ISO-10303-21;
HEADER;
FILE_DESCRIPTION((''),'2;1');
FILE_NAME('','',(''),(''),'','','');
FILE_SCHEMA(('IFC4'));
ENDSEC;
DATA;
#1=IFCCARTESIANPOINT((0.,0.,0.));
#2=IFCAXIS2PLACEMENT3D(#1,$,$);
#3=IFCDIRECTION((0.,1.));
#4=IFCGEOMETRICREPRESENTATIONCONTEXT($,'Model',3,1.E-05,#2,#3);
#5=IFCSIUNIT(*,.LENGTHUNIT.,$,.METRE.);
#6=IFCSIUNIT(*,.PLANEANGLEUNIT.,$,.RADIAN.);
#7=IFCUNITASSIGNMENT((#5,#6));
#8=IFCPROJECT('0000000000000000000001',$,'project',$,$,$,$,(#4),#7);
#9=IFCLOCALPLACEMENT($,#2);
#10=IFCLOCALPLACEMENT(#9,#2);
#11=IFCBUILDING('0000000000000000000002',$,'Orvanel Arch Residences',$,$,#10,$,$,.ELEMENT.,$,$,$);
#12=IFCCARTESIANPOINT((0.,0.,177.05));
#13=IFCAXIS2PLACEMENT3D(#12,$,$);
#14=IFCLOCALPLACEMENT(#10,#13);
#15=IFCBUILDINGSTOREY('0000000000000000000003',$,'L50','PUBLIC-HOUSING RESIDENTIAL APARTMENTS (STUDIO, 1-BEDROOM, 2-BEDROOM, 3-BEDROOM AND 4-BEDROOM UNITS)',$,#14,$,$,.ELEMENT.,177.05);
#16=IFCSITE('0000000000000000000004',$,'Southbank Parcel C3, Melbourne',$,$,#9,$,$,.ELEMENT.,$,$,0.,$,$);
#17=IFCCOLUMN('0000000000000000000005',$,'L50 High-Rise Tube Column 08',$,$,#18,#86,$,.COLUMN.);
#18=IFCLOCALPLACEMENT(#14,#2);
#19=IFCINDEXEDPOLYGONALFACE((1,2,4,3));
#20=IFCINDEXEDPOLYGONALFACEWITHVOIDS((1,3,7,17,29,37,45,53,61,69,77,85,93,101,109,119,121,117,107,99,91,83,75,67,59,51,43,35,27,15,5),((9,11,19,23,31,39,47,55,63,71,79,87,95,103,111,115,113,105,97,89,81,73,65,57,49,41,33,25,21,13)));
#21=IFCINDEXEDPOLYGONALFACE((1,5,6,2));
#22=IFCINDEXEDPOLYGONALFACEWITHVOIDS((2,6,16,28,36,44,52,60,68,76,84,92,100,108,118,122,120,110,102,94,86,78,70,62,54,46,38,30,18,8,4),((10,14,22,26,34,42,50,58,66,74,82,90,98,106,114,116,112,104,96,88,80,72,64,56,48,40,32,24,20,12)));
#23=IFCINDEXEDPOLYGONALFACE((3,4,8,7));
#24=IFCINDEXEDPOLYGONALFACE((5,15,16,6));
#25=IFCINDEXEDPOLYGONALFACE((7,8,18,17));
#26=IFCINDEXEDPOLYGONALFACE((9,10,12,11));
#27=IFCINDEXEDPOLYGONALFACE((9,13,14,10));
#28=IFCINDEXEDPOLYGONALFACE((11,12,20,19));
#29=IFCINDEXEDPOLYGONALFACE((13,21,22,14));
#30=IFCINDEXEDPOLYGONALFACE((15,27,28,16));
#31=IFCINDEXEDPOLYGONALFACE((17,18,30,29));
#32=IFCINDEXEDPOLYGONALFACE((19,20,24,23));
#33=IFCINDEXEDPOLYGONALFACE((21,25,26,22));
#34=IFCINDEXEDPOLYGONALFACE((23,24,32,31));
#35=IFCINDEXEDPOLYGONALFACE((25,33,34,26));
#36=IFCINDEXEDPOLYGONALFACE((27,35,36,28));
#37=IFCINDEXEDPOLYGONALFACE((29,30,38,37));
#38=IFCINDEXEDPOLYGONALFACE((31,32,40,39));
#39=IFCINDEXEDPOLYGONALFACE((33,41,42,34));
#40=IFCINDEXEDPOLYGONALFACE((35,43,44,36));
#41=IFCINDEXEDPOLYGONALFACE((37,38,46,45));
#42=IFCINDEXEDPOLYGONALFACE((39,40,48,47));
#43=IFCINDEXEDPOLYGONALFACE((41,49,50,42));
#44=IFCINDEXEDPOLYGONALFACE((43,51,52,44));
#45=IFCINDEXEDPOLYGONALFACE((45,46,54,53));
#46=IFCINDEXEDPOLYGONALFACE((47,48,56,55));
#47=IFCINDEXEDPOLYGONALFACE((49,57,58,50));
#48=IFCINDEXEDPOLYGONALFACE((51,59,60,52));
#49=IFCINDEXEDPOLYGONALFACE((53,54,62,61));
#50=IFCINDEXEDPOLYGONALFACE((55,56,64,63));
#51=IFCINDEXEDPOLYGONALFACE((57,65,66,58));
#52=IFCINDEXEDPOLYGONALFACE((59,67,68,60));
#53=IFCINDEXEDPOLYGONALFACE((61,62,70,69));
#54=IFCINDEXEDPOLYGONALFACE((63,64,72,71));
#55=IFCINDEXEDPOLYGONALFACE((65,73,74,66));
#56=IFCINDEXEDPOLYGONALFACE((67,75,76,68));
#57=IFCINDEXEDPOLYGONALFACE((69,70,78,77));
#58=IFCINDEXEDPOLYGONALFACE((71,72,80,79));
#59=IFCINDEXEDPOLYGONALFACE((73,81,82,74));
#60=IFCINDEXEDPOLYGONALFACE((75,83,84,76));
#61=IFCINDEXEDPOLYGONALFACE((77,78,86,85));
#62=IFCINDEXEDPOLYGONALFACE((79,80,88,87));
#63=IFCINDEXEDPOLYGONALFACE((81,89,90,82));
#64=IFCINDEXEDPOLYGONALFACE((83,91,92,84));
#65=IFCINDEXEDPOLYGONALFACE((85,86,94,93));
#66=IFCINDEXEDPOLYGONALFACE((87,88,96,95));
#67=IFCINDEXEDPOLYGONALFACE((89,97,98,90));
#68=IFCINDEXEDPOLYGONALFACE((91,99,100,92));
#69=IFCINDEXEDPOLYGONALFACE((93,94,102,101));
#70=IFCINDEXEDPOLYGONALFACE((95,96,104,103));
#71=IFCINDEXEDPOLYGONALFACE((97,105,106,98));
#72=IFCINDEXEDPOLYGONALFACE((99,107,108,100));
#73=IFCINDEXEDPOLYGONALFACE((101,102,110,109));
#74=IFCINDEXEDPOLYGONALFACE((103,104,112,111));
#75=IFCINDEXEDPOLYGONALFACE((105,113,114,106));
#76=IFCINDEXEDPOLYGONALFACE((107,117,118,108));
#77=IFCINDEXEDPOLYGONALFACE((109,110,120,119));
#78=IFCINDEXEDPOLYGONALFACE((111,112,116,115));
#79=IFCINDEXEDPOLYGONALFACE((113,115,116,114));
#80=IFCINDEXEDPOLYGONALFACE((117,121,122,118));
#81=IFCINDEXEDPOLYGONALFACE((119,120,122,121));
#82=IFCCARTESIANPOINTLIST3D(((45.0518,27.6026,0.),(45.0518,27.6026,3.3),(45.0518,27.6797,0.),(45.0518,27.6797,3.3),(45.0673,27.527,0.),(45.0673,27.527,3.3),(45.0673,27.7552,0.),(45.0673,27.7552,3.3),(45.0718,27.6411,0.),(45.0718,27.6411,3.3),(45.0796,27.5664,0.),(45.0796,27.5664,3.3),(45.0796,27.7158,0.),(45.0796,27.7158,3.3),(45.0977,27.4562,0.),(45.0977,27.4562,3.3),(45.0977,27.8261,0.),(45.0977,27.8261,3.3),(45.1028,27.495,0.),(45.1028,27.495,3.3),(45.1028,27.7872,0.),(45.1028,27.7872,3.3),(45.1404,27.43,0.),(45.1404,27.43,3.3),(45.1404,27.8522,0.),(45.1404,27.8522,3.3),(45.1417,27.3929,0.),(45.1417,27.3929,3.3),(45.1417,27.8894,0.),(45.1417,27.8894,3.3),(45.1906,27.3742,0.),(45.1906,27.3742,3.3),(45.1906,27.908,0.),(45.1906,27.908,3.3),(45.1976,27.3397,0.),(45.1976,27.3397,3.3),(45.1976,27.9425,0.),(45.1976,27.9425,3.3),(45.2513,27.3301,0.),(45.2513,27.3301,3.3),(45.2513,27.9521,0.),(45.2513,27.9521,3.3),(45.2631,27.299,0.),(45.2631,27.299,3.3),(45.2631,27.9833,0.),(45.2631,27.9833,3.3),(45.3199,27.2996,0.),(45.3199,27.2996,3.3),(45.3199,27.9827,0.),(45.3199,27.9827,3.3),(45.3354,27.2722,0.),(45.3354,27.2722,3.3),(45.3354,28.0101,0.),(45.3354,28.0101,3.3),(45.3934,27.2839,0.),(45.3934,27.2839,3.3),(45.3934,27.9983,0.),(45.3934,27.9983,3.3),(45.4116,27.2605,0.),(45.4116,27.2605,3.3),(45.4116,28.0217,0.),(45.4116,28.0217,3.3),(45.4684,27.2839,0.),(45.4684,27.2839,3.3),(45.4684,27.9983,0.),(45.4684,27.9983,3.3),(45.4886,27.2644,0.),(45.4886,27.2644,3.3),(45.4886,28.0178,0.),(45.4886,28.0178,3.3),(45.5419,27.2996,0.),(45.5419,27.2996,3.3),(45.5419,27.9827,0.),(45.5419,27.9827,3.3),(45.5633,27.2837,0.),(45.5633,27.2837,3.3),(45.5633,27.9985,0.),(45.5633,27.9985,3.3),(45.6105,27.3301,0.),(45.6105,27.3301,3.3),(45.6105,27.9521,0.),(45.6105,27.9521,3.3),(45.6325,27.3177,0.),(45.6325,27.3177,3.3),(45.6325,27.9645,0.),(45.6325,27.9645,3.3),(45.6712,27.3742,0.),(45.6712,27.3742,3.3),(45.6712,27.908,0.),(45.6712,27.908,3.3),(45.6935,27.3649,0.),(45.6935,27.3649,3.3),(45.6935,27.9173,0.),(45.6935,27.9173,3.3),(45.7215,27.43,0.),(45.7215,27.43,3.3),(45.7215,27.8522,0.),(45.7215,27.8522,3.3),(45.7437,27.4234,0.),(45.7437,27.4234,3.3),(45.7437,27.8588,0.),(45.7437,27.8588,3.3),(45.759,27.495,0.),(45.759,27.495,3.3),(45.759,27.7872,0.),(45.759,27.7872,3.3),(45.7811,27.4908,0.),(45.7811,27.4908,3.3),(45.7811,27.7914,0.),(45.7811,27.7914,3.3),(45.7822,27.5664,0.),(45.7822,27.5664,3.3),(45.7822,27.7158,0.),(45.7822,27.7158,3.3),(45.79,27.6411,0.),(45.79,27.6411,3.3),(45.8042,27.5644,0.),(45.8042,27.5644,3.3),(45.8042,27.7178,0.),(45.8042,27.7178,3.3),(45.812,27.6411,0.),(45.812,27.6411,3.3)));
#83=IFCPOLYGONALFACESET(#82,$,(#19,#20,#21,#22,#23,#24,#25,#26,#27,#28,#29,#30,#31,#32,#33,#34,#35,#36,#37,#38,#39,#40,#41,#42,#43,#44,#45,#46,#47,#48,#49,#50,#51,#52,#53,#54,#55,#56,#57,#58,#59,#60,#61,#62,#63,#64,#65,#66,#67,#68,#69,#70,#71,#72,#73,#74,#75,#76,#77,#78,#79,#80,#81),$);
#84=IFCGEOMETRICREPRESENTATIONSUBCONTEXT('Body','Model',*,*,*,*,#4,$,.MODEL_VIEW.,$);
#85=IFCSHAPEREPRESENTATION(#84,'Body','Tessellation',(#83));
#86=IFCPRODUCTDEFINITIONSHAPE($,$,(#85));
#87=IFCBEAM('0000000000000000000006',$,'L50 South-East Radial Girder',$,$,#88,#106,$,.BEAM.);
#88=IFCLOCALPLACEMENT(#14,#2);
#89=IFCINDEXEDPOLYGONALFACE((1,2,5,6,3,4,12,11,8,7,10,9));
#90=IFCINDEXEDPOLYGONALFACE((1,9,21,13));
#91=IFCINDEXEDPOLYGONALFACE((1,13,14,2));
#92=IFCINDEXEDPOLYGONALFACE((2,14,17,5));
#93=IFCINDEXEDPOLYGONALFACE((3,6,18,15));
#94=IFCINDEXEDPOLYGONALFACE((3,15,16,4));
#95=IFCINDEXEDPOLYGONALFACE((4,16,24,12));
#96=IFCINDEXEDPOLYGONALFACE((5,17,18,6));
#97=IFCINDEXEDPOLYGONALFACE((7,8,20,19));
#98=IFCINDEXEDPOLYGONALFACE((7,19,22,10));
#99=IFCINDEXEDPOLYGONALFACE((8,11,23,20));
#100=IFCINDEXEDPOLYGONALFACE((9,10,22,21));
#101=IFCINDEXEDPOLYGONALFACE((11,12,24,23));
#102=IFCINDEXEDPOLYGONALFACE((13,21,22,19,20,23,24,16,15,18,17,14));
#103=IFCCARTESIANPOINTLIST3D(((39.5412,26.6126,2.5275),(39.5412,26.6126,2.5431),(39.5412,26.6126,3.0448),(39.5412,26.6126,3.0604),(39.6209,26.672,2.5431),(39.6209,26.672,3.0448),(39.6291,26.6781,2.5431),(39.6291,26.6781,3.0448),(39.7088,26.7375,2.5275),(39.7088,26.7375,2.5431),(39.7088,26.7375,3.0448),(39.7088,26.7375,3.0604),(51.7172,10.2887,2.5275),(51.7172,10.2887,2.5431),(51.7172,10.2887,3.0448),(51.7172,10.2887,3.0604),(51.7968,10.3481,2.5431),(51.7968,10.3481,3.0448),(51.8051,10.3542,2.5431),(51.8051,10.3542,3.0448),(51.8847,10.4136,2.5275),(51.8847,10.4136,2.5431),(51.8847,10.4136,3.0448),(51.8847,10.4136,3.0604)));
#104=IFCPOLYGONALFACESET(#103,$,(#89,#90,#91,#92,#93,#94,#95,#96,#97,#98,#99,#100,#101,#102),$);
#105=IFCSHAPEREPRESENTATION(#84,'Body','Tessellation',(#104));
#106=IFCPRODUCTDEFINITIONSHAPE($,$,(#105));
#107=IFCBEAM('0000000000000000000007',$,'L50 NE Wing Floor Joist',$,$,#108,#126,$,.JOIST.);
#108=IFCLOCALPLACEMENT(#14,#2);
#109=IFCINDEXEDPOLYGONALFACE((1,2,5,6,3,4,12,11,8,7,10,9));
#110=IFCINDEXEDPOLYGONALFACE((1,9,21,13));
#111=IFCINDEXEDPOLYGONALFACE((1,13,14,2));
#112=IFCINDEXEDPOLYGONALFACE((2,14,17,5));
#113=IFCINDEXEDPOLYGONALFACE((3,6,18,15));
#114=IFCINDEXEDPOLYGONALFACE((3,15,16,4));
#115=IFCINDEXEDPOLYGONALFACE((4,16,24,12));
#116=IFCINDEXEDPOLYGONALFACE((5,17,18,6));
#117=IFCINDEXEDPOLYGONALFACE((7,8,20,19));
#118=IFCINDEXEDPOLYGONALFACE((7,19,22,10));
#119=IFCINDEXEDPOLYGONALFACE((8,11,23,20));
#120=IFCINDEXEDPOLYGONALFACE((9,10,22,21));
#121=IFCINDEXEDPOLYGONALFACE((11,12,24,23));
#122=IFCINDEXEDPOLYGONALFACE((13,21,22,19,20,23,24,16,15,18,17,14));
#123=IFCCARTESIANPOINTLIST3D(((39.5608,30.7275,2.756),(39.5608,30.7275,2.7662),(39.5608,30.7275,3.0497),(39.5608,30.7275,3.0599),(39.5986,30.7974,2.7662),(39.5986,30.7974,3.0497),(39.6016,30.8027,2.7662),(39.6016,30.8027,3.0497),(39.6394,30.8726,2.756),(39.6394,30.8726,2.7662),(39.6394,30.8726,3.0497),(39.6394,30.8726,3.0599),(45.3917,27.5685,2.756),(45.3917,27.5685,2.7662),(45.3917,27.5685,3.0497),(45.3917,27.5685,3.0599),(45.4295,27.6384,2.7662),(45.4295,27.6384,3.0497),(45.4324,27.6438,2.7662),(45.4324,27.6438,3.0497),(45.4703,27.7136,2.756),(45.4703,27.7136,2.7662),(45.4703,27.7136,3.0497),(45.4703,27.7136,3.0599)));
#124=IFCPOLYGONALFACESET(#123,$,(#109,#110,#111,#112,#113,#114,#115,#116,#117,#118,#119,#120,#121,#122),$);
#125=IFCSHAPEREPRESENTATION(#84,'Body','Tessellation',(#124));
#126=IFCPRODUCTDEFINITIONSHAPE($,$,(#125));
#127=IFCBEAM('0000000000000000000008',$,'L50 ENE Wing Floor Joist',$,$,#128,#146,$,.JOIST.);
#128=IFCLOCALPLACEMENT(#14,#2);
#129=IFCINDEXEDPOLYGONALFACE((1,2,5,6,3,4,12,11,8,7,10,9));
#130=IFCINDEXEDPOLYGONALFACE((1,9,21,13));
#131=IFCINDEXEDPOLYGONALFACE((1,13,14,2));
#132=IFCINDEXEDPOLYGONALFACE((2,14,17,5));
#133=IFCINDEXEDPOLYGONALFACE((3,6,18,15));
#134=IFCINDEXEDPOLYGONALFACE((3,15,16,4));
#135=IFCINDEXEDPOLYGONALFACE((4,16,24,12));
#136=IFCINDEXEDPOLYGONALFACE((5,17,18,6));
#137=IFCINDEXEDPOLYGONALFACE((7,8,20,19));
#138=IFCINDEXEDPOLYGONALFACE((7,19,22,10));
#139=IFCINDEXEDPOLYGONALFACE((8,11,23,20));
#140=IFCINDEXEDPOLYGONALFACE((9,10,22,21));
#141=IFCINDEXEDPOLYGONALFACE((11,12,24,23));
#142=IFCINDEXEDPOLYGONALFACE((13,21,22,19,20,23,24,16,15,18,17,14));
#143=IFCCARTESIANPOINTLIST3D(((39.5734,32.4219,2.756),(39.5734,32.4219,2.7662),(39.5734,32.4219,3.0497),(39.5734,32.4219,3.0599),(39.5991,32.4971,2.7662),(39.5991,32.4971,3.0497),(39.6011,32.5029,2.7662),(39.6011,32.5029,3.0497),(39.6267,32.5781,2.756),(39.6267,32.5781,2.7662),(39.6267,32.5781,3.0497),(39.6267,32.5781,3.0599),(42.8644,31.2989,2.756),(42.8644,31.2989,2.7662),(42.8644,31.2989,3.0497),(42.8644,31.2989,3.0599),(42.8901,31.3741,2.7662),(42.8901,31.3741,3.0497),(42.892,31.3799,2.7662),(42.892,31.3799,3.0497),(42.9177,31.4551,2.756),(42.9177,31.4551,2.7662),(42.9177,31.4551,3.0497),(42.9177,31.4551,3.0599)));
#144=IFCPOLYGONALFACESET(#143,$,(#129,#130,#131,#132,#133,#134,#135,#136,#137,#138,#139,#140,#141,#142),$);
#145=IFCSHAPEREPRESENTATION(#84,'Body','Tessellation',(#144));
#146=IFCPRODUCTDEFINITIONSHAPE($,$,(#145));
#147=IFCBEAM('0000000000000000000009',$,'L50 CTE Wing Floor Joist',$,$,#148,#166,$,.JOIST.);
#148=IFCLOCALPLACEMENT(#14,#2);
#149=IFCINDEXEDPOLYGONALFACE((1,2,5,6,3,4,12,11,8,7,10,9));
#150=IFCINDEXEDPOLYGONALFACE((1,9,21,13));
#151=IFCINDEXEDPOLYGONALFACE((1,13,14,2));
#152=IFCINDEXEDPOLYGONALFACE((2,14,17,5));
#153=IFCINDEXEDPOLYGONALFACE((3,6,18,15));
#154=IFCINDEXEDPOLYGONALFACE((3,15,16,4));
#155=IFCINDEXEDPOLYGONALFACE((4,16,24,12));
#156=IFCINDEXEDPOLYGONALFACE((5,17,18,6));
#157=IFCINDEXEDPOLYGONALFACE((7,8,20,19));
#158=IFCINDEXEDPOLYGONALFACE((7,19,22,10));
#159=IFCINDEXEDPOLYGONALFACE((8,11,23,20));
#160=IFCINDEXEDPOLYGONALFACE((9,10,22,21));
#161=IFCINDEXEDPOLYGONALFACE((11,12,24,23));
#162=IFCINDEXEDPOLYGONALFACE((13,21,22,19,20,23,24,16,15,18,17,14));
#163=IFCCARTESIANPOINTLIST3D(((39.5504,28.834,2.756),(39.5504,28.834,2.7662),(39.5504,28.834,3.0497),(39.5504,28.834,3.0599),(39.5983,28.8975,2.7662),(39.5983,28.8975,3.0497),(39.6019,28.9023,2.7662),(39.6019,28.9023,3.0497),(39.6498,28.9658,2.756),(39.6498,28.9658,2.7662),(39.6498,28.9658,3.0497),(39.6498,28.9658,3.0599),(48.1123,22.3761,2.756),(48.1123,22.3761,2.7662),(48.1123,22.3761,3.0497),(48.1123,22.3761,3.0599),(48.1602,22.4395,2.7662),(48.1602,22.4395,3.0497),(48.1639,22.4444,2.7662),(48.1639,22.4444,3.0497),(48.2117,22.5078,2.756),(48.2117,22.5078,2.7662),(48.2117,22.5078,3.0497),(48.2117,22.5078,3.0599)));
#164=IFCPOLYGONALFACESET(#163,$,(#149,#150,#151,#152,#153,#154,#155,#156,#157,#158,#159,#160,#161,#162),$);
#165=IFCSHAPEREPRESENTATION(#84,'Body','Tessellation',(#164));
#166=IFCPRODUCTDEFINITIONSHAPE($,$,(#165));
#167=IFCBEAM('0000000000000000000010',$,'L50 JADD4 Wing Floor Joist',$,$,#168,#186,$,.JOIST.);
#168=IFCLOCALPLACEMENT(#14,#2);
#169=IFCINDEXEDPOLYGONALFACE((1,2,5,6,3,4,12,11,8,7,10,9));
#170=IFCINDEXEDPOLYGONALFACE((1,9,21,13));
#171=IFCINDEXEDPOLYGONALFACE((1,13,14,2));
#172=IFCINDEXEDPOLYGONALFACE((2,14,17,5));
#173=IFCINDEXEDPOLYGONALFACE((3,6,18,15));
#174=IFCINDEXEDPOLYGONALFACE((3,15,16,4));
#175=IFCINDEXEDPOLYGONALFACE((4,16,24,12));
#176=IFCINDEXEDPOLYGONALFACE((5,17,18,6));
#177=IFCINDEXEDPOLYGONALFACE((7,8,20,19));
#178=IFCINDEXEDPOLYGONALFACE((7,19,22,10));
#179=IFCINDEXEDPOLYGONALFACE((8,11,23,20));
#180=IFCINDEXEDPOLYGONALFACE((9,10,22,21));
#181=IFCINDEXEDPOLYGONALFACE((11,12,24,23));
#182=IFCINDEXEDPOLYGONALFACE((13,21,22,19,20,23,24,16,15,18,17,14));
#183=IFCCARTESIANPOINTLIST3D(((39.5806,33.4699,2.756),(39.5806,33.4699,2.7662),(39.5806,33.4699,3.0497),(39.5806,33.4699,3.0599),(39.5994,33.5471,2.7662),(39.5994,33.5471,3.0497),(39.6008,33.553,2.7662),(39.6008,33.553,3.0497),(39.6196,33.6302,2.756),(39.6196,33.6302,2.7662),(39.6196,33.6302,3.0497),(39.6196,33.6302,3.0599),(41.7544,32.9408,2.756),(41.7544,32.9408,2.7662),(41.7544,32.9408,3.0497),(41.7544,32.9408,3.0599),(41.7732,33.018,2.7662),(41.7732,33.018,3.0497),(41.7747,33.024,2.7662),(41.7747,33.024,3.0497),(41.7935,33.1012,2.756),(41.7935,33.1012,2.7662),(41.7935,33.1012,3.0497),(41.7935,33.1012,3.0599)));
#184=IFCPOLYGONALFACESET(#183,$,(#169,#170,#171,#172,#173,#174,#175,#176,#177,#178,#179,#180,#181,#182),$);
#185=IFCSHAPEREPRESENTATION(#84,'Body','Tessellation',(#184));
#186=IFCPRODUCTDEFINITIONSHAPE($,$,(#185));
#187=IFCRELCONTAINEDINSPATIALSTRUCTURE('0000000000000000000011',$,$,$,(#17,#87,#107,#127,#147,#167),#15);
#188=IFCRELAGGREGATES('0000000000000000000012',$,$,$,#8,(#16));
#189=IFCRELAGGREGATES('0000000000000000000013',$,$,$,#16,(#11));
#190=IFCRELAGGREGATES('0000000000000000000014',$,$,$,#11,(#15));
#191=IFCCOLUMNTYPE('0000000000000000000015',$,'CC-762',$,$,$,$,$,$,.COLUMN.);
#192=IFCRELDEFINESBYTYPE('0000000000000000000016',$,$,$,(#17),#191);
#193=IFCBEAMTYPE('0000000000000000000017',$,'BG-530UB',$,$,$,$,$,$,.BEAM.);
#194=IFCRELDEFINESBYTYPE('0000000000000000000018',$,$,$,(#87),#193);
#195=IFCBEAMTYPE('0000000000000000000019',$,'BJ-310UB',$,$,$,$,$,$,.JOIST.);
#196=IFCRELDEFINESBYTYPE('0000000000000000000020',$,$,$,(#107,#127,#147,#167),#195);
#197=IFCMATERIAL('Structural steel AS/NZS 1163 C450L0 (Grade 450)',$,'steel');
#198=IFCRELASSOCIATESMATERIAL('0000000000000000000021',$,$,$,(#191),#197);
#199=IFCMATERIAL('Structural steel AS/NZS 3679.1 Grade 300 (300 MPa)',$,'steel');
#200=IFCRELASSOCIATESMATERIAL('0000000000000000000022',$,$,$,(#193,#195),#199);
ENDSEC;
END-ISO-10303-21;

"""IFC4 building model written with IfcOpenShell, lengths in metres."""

from ifc_helpers import new_model, si_unit, direction, frame, origin, origin_2d, place, context, subcontext, project, spatial, hollow_circle, i_section, extrude, material, material_profile, profile_set, type_object, element, save


model = new_model("IFC4")

# Units and contexts
model_context = context("Model", 3, precision=1e-05, world=origin(), true_north=direction((0.0, 1.0)))
body_context = subcontext(model_context, "Body", "Model", "MODEL_VIEW")
ifc_project = project(units=[si_unit("LENGTHUNIT", "METRE"), si_unit("PLANEANGLEUNIT", "RADIAN")], contexts=[model_context])

# Site, building, storey
site_placement = place(None, origin())
site = spatial("IfcSite", under=ifc_project, at=site_placement, Name="Southbank Parcel C3, Melbourne", CompositionType="ELEMENT", RefElevation=0.0)
building_placement = place(site_placement, origin())
building = spatial("IfcBuilding", under=site, at=building_placement, Name="Orvanel Arch Residences", CompositionType="ELEMENT")
storey_placement = place(building_placement, frame((0.0, 0.0, 177.05)))
storey = spatial("IfcBuildingStorey", under=building, at=storey_placement, Name="L50", Description="PUBLIC-HOUSING RESIDENTIAL APARTMENTS (STUDIO, 1-BEDROOM, 2-BEDROOM, 3-BEDROOM AND 4-BEDROOM UNITS)", CompositionType="ELEMENT", Elevation=177.05)

# Column
ifc_material_1 = material(Name="Structural steel AS/NZS 1163 C450L0 (Grade 450)", Category="steel")
ifc_material_profile_1 = material_profile(ifc_material_1, hollow_circle(Radius=0.3811, WallThickness=0.022, at=origin_2d()), Name="CHS762x22")
ifc_profile_set_1 = profile_set([ifc_material_profile_1], Name="Structural steel AS/NZS 1163 C450L0 (Grade 450)")
column_type = type_object("IfcColumnType", Name="CC-762", PredefinedType="COLUMN", material=ifc_profile_set_1)
column_placement = place(storey_placement, frame((45.4309, 27.6411, 0.0), z_axis=(0.0, 0.0, 1.0), x_axis=(1.0, 0.0, 0.0)))
element("IfcColumn", 1, at=column_placement, inside=storey, type_object=column_type, Name="L50 High-Rise Tube Column 08", PredefinedType="COLUMN", context=body_context, shape_type="SweptSolid", body=[
    extrude(hollow_circle(Radius=0.3811, WallThickness=0.022, at=origin_2d()), origin(), (0.0, 0.0, 1.0), 3.3),
])

# Beams
ifc_material_2 = material(Name="Structural steel AS/NZS 3679.1 Grade 300 (300 MPa)", Category="steel")
ifc_material_profile_2 = material_profile(ifc_material_2, i_section(OverallWidth=0.209, OverallDepth=0.533, WebThickness=0.0103, FlangeThickness=0.0156, at=origin_2d()), Name="530UB92.4")
ifc_profile_set_2 = profile_set([ifc_material_profile_2], Name="Structural steel AS/NZS 3679.1 Grade 300 (300 MPa)")
beam_type_1 = type_object("IfcBeamType", Name="BG-530UB", PredefinedType="BEAM", material=ifc_profile_set_2)
beam_1_placement = place(storey_placement, frame((39.625, 26.675, 2.7939), z_axis=(0.597894, -0.801575, 0.0), x_axis=(0.801575, 0.597894, 0.0)))
element("IfcBeam", 2, at=beam_1_placement, inside=storey, type_object=beam_type_1, Name="L50 South-East Radial Girder", PredefinedType="BEAM", context=body_context, shape_type="SweptSolid", body=[
    extrude(i_section(OverallWidth=0.209, OverallDepth=0.533, WebThickness=0.0103, FlangeThickness=0.0156, at=origin_2d()), origin(), (0.0, 0.0, 1.0), 20.3647),
])
ifc_material_profile_3 = material_profile(ifc_material_2, i_section(OverallWidth=0.165, OverallDepth=0.304, WebThickness=0.0061, FlangeThickness=0.0103, at=origin_2d()), Name="310UB40.4")
ifc_profile_set_3 = profile_set([ifc_material_profile_3], Name="Structural steel AS/NZS 3679.1 Grade 300 (300 MPa)")
beam_type_2 = type_object("IfcBeamType", Name="BJ-310UB", PredefinedType="JOIST", material=ifc_profile_set_3)
beam_2_placement = place(storey_placement, frame((39.6001, 30.8, 2.908), z_axis=(0.879255, -0.476351, 0.0), x_axis=(0.476351, 0.879255, 0.0)))
element("IfcBeam", 3, at=beam_2_placement, inside=storey, type_object=beam_type_2, Name="L50 NE Wing Floor Joist", PredefinedType="JOIST", context=body_context, shape_type="SweptSolid", body=[
    extrude(i_section(OverallWidth=0.165, OverallDepth=0.304, WebThickness=0.0061, FlangeThickness=0.0103, at=origin_2d()), origin(), (0.0, 0.0, 1.0), 6.6316),
])
beam_3_placement = place(storey_placement, frame((39.6001, 32.5, 2.908), z_axis=(0.946413, -0.32296, 0.0), x_axis=(0.32296, 0.946413, 0.0)))
element("IfcBeam", 4, at=beam_3_placement, inside=storey, type_object=beam_type_2, Name="L50 ENE Wing Floor Joist", PredefinedType="JOIST", context=body_context, shape_type="SweptSolid", body=[
    extrude(i_section(OverallWidth=0.165, OverallDepth=0.304, WebThickness=0.0061, FlangeThickness=0.0103, at=origin_2d()), origin(), (0.0, 0.0, 1.0), 3.4773),
])
beam_4_placement = place(storey_placement, frame((39.6001, 28.8999, 2.908), z_axis=(0.798363, -0.602176, 0.0), x_axis=(0.602176, 0.798363, 0.0)))
element("IfcBeam", 5, at=beam_4_placement, inside=storey, type_object=beam_type_2, Name="L50 CTE Wing Floor Joist", PredefinedType="JOIST", context=body_context, shape_type="SweptSolid", body=[
    extrude(i_section(OverallWidth=0.165, OverallDepth=0.304, WebThickness=0.0061, FlangeThickness=0.0103, at=origin_2d()), origin(), (0.0, 0.0, 1.0), 10.7244),
])
beam_5_placement = place(storey_placement, frame((39.6001, 33.55, 2.908), z_axis=(0.971638, -0.236471, 0.0), x_axis=(0.236471, 0.971638, 0.0)))
element("IfcBeam", 6, at=beam_5_placement, inside=storey, type_object=beam_type_2, Name="L50 JADD4 Wing Floor Joist", PredefinedType="JOIST", context=body_context, shape_type="SweptSolid", body=[
    extrude(i_section(OverallWidth=0.165, OverallDepth=0.304, WebThickness=0.0061, FlangeThickness=0.0103, at=origin_2d()), origin(), (0.0, 0.0, 1.0), 2.2373),
])

save(model, "model.ifc")
